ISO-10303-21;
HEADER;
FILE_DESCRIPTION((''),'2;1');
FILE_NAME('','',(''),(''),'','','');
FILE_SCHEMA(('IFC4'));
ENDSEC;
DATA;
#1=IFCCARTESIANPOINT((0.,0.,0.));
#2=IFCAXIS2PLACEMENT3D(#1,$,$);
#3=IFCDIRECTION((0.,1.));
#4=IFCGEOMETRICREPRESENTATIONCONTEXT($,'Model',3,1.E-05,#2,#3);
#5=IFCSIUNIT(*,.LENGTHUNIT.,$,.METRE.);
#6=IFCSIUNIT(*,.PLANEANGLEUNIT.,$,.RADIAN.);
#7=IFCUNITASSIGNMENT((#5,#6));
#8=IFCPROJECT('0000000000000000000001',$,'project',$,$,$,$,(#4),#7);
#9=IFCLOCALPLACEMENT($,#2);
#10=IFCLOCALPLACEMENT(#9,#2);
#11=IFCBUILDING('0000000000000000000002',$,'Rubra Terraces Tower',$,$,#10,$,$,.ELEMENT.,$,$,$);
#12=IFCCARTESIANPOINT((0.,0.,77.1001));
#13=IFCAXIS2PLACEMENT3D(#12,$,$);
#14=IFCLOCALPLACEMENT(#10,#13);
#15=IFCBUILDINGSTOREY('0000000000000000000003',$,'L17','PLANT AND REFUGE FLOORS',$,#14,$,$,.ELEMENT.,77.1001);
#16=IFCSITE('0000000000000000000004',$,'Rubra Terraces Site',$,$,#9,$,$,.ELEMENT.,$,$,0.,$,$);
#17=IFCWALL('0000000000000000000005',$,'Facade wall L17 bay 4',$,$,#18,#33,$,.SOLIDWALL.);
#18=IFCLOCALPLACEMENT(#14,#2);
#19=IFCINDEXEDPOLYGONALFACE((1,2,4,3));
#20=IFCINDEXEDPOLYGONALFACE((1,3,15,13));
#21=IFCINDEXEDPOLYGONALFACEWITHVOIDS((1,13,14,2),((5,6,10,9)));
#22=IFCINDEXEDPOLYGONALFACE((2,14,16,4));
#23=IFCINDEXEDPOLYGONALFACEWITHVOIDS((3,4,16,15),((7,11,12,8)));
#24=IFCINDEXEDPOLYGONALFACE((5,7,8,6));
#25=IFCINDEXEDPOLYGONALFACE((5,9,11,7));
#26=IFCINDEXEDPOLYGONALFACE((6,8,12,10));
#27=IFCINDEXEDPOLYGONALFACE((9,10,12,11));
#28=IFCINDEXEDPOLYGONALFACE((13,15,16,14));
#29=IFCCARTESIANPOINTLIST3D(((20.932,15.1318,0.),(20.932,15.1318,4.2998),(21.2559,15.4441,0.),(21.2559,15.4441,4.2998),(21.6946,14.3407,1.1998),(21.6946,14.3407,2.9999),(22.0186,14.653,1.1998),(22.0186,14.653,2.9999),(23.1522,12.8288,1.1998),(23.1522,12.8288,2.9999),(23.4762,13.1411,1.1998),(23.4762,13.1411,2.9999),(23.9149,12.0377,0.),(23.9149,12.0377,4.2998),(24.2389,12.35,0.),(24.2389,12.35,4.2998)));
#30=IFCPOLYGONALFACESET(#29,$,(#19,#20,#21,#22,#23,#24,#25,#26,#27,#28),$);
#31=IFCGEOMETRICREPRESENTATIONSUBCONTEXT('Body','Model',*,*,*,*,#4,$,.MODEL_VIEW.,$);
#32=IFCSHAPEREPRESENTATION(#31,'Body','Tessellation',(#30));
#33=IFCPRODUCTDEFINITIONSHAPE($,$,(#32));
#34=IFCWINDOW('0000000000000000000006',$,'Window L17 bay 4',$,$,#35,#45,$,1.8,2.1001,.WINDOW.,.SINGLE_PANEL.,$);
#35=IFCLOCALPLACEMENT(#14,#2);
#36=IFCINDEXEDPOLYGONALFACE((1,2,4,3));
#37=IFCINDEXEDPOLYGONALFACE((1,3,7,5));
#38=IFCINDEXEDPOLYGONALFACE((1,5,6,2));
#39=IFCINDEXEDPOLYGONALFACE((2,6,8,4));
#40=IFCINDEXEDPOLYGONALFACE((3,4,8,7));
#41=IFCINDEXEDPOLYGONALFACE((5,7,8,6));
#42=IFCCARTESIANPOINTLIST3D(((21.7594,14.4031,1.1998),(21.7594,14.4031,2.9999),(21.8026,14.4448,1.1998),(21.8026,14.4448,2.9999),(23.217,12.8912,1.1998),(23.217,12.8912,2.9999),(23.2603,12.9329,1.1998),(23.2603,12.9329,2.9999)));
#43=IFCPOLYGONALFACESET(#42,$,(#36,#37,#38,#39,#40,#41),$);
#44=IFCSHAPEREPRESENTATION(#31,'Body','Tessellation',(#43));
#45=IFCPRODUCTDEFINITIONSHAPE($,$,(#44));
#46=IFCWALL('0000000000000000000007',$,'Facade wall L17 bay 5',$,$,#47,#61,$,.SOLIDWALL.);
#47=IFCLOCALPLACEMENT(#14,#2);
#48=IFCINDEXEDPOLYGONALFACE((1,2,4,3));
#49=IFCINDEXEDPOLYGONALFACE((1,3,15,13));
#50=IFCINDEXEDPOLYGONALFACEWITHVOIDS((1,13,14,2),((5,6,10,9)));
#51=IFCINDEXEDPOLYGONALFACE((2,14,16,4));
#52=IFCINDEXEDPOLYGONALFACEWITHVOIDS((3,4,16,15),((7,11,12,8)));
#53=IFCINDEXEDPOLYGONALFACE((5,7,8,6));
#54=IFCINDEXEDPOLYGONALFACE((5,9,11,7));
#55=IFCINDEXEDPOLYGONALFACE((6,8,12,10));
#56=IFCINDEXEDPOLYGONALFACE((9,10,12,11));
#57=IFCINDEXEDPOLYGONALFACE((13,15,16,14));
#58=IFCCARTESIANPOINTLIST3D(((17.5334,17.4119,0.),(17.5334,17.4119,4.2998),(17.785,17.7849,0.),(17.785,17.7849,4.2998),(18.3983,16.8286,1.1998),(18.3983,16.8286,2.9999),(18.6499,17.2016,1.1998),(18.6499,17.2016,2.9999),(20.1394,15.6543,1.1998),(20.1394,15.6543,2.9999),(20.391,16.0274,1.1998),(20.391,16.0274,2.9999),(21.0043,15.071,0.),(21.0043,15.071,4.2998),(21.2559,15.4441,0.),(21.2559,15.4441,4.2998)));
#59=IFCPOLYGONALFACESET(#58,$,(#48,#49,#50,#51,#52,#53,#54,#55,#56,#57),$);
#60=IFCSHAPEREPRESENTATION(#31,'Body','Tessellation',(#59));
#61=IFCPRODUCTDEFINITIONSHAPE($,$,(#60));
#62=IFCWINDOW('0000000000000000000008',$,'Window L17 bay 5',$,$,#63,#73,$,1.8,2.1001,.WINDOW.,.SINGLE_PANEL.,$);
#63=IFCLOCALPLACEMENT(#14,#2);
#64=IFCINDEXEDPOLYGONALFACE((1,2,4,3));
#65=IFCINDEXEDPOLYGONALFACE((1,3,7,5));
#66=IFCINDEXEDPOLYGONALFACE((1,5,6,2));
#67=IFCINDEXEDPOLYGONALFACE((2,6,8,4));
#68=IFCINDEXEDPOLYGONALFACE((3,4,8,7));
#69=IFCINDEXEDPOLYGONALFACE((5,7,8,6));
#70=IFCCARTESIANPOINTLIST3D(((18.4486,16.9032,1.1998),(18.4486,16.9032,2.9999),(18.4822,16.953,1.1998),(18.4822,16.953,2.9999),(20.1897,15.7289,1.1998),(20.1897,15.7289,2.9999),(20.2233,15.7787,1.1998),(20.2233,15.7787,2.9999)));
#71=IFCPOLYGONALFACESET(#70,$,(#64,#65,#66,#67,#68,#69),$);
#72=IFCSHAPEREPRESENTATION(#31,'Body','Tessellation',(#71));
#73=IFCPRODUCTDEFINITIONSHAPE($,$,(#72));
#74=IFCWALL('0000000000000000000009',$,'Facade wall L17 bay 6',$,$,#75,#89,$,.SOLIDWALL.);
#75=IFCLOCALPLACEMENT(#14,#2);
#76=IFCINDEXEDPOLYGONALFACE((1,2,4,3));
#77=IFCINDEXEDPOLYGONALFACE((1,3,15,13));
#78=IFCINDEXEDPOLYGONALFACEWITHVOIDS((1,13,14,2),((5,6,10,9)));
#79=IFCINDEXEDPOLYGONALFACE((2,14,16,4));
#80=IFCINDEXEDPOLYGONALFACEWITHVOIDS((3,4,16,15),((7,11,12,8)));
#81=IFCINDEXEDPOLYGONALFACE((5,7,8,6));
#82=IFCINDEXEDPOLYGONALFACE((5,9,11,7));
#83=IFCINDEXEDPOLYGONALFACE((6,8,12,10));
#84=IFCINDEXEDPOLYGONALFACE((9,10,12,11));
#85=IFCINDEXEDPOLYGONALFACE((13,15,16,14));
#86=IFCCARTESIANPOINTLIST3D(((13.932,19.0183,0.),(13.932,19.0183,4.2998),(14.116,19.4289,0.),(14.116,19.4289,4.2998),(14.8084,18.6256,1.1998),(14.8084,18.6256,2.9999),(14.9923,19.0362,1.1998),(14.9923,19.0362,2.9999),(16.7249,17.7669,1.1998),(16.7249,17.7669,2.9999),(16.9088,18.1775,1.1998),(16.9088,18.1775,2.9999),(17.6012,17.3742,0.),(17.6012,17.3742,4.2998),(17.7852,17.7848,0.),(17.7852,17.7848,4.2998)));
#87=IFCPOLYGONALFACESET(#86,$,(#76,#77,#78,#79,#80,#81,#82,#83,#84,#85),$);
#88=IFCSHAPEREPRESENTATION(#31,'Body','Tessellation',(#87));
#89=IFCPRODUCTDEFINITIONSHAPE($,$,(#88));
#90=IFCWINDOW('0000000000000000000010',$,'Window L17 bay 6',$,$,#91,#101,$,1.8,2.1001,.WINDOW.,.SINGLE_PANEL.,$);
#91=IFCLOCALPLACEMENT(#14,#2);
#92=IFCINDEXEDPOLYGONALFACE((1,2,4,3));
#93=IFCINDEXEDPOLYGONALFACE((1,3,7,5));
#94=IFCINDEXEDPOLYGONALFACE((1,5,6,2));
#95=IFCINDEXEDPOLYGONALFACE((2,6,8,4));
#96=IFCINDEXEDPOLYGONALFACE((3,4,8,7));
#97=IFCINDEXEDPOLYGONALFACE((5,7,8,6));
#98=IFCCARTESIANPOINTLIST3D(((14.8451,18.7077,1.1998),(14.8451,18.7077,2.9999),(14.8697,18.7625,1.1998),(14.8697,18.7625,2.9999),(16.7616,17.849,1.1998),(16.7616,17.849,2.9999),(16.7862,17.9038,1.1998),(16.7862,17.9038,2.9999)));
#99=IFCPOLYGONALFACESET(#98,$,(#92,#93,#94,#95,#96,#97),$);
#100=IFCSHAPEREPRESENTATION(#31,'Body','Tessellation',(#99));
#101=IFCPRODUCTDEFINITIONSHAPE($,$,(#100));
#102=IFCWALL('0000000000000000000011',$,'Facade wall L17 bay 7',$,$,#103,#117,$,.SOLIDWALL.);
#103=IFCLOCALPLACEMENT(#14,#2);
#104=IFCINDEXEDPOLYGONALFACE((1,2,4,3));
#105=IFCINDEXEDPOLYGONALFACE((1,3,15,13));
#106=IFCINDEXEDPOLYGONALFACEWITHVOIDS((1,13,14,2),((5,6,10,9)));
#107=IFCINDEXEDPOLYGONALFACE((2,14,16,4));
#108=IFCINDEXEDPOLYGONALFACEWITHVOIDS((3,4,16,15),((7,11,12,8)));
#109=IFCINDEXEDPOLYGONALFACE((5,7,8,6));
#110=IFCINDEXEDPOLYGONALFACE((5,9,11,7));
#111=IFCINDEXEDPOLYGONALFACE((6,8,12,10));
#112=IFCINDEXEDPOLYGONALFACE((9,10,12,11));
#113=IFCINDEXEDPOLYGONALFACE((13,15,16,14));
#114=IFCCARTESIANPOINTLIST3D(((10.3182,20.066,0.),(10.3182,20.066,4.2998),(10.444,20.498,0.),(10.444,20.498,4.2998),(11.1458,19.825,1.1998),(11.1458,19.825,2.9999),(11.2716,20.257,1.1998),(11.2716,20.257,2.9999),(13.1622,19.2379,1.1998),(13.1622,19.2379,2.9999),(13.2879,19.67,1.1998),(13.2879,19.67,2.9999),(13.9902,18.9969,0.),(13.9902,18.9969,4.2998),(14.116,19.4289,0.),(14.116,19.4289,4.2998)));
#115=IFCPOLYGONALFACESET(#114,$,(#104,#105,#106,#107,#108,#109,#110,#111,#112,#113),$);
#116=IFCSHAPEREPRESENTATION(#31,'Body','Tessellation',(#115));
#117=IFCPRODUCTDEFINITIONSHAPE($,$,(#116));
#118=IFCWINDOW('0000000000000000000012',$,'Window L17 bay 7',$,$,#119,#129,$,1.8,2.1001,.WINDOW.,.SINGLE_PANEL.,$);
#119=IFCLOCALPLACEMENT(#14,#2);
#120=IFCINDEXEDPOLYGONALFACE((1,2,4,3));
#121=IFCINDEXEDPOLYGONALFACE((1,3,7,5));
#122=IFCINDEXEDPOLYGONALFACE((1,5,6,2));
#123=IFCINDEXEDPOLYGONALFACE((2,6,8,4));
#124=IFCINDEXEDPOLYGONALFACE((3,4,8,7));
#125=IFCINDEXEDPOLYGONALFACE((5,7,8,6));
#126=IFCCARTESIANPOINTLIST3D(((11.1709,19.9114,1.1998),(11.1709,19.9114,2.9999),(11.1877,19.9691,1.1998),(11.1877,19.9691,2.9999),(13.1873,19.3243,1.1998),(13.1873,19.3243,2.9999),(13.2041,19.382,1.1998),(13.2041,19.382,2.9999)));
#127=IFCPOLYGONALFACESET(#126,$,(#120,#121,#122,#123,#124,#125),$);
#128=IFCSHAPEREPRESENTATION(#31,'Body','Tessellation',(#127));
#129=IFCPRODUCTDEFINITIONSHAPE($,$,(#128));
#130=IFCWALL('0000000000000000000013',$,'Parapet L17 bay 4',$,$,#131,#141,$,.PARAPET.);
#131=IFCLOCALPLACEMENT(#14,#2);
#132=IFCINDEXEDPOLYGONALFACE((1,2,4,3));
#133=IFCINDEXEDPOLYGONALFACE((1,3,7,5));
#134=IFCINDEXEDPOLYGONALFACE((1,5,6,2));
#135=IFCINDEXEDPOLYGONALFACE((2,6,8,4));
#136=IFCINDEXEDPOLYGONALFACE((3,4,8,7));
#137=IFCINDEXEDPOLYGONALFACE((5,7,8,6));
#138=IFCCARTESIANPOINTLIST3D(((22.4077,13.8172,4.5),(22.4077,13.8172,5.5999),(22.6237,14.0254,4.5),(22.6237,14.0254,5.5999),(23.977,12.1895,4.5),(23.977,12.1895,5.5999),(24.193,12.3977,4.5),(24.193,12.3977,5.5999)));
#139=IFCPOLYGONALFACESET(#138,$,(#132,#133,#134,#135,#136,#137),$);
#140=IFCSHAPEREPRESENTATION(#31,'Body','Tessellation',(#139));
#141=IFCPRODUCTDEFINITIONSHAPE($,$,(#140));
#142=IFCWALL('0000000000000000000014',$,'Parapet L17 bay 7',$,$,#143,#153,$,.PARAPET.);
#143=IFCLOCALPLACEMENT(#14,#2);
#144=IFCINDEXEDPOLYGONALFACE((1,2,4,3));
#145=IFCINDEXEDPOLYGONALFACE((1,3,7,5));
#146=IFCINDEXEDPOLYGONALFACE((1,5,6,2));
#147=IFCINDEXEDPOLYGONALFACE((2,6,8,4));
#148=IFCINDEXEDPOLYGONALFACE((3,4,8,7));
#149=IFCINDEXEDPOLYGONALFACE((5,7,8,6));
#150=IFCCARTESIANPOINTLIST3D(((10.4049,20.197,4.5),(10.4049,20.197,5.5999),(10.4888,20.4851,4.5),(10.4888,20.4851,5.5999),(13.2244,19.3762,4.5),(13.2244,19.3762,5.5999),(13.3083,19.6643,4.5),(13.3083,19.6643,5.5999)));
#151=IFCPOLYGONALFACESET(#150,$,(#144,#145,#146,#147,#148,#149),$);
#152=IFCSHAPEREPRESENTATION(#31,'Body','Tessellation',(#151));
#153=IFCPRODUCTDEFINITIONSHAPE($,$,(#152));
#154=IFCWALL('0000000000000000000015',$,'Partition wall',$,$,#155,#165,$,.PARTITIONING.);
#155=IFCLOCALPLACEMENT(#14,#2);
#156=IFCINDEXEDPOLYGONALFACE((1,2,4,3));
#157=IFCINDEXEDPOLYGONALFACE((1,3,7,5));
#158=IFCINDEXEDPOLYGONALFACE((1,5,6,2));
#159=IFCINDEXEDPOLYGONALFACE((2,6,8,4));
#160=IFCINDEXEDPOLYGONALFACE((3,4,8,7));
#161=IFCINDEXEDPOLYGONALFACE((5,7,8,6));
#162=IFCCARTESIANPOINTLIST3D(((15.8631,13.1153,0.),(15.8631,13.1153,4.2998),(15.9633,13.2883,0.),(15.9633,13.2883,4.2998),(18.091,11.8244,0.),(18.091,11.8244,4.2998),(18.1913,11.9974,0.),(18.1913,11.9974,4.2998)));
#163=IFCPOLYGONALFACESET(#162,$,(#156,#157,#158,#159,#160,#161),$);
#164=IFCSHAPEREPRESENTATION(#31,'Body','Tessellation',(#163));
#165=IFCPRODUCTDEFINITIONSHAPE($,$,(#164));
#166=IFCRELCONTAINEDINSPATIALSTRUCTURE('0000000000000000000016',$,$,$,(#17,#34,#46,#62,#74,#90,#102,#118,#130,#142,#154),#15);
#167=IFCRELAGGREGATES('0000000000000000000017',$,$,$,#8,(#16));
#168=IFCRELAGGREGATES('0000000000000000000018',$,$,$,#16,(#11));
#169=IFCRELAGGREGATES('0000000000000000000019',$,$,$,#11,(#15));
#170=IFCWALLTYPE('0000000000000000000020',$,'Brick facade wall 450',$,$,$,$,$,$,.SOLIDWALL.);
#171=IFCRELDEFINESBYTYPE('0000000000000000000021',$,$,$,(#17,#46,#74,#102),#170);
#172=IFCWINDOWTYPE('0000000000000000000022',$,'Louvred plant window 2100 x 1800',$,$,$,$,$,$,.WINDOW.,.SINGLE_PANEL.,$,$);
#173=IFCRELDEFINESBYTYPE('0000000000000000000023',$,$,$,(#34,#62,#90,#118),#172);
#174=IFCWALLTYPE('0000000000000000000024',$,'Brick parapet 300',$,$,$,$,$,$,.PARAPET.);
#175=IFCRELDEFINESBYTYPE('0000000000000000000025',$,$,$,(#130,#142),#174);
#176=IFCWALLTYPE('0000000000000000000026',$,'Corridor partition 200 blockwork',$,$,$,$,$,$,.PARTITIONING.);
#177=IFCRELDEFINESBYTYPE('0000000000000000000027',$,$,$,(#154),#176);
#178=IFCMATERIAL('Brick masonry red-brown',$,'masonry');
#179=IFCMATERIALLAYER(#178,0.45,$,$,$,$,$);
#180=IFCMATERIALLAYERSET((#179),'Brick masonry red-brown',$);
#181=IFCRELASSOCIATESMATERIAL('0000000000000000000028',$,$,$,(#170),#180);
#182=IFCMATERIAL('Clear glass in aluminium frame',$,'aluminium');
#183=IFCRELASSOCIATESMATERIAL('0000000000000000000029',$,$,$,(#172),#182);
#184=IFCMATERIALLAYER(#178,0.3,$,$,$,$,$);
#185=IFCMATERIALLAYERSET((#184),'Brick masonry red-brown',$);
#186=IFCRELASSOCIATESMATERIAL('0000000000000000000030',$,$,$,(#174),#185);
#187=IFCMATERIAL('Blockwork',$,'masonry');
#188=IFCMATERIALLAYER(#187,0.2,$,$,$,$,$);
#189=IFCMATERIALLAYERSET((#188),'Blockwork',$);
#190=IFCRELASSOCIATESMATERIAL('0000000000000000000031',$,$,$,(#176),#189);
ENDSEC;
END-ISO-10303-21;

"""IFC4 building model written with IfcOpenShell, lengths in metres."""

from ifc_helpers import new_model, si_unit, direction, frame, frame_2d, origin, place, context, subcontext, project, spatial, rectangle, extrude, material, layer, layer_set, type_object, element, fill, save


model = new_model("IFC4")

# Units and contexts
model_context = context("Model", 3, precision=1e-05, world=origin(), true_north=direction((0.0, 1.0)))
body_context = subcontext(model_context, "Body", "Model", "MODEL_VIEW")
ifc_project = project(units=[si_unit("LENGTHUNIT", "METRE"), si_unit("PLANEANGLEUNIT", "RADIAN")], contexts=[model_context])

# Site, building, storey
site_placement = place(None, origin())
site = spatial("IfcSite", under=ifc_project, at=site_placement, Name="Rubra Terraces Site", CompositionType="ELEMENT", RefElevation=0.0)
building_placement = place(site_placement, origin())
building = spatial("IfcBuilding", under=site, at=building_placement, Name="Rubra Terraces Tower", CompositionType="ELEMENT")
storey_placement = place(building_placement, frame((0.0, 0.0, 77.1001)))
storey = spatial("IfcBuildingStorey", under=building, at=storey_placement, Name="L17", Description="PLANT AND REFUGE FLOORS", CompositionType="ELEMENT", Elevation=77.1001)

# Walls, openings, windows
ifc_material_1 = material(Name="Brick masonry red-brown", Category="masonry")
ifc_layer_1 = layer(ifc_material_1, 0.45)
ifc_layer_set_1 = layer_set([ifc_layer_1], Name="Brick masonry red-brown")
wall_type_1 = type_object("IfcWallType", Name="Brick facade wall 450", PredefinedType="SOLIDWALL", material=ifc_layer_set_1)
wall_1_placement = place(storey_placement, frame((24.0769, 12.1938, 0.0), z_axis=(0.0, 0.0, 1.0), x_axis=(-0.694065, 0.719912, 0.0)))
wall_1 = element("IfcWall", 1, at=wall_1_placement, inside=storey, type_object=wall_type_1, Name="Facade wall L17 bay 4", PredefinedType="SOLIDWALL", context=body_context, shape_type="SweptSolid", body=[
    extrude(rectangle(XDim=4.2979, YDim=0.45, at=frame_2d((2.1489, 0.0))), origin(), (0.0, 0.0, 1.0), 4.2998),
])
opening_1_placement = place(wall_1_placement, frame((1.0989, 0.0, 1.2)))
opening_1 = element("IfcOpeningElement", 2, at=opening_1_placement, cuts=wall_1, PredefinedType="OPENING", context=body_context, shape_type="SweptSolid", body=[
    extrude(rectangle(XDim=2.1001, YDim=1.8, at=frame_2d((1.05, 0.8999))), frame((0.0, 0.2349, 0.0), z_axis=(0.0, -1.0, 0.0), x_axis=(1.0, 0.0, 0.0)), (0.0, 0.0, 1.0), 0.47),
])
ifc_material_2 = material(Name="Clear glass in aluminium frame", Category="aluminium")
window_type = type_object("IfcWindowType", Name="Louvred plant window 2100 x 1800", PartitioningType="SINGLE_PANEL", PredefinedType="WINDOW", material=ifc_material_2)
window_1_placement = place(opening_1_placement, origin())
window_1 = element("IfcWindow", 3, at=window_1_placement, inside=storey, type_object=window_type, Name="Window L17 bay 4", OverallHeight=1.8, OverallWidth=2.1001, PartitioningType="SINGLE_PANEL", PredefinedType="WINDOW", context=body_context, shape_type="SweptSolid", body=[
    extrude(rectangle(XDim=2.1001, YDim=1.8, at=frame_2d((1.05, 0.8999))), frame((0.0, 0.135, 0.0), z_axis=(0.0, -1.0, 0.0), x_axis=(1.0, 0.0, 0.0)), (0.0, 0.0, 1.0), 0.0601),
])
fill(opening_1, window_1)
wall_2_placement = place(storey_placement, frame((21.1301, 15.2576, 0.0), z_axis=(0.0, 0.0, 1.0), x_axis=(-0.829078, 0.559133, 0.0)))
wall_2 = element("IfcWall", 4, at=wall_2_placement, inside=storey, type_object=wall_type_1, Name="Facade wall L17 bay 5", PredefinedType="SOLIDWALL", context=body_context, shape_type="SweptSolid", body=[
    extrude(rectangle(XDim=4.1865, YDim=0.45, at=frame_2d((2.0933, 0.0))), origin(), (0.0, 0.0, 1.0), 4.2998),
])
opening_2_placement = place(wall_2_placement, frame((1.0432, 0.0, 1.2)))
opening_2 = element("IfcOpeningElement", 5, at=opening_2_placement, cuts=wall_2, PredefinedType="OPENING", context=body_context, shape_type="SweptSolid", body=[
    extrude(rectangle(XDim=2.1001, YDim=1.8, at=frame_2d((1.05, 0.8999))), frame((0.0, 0.2349, 0.0), z_axis=(0.0, -1.0, 0.0), x_axis=(1.0, 0.0, 0.0)), (0.0, 0.0, 1.0), 0.47),
])
window_2_placement = place(opening_2_placement, origin())
window_2 = element("IfcWindow", 6, at=window_2_placement, inside=storey, type_object=window_type, Name="Window L17 bay 5", OverallHeight=1.8, OverallWidth=2.1001, PartitioningType="SINGLE_PANEL", PredefinedType="WINDOW", context=body_context, shape_type="SweptSolid", body=[
    extrude(rectangle(XDim=2.1001, YDim=1.8, at=frame_2d((1.05, 0.8999))), frame((0.0, 0.135, 0.0), z_axis=(0.0, -1.0, 0.0), x_axis=(1.0, 0.0, 0.0)), (0.0, 0.0, 1.0), 0.0601),
])
fill(opening_2, window_2)
wall_3_placement = place(storey_placement, frame((17.6931, 17.5796, 0.0), z_axis=(0.0, 0.0, 1.0), x_axis=(-0.91258, 0.408897, 0.0)))
wall_3 = element("IfcWall", 7, at=wall_3_placement, inside=storey, type_object=wall_type_1, Name="Facade wall L17 bay 6", PredefinedType="SOLIDWALL", context=body_context, shape_type="SweptSolid", body=[
    extrude(rectangle(XDim=4.0208, YDim=0.45, at=frame_2d((2.0103, 0.0))), origin(), (0.0, 0.0, 1.0), 4.2998),
])
opening_3_placement = place(wall_3_placement, frame((0.9602, 0.0, 1.2)))
opening_3 = element("IfcOpeningElement", 8, at=opening_3_placement, cuts=wall_3, PredefinedType="OPENING", context=body_context, shape_type="SweptSolid", body=[
    extrude(rectangle(XDim=2.1001, YDim=1.8, at=frame_2d((1.05, 0.8999))), frame((0.0, 0.2349, 0.0), z_axis=(0.0, -1.0, 0.0), x_axis=(1.0, 0.0, 0.0)), (0.0, 0.0, 1.0), 0.47),
])
window_3_placement = place(opening_3_placement, origin())
window_3 = element("IfcWindow", 9, at=window_3_placement, inside=storey, type_object=window_type, Name="Window L17 bay 6", OverallHeight=1.8, OverallWidth=2.1001, PartitioningType="SINGLE_PANEL", PredefinedType="WINDOW", context=body_context, shape_type="SweptSolid", body=[
    extrude(rectangle(XDim=2.1001, YDim=1.8, at=frame_2d((1.05, 0.8999))), frame((0.0, 0.135, 0.0), z_axis=(0.0, -1.0, 0.0), x_axis=(1.0, 0.0, 0.0)), (0.0, 0.0, 1.0), 0.0601),
])
fill(opening_3, window_3)
wall_4_placement = place(storey_placement, frame((14.053, 19.2129, 0.0), z_axis=(0.0, 0.0, 1.0), x_axis=(-0.960131, 0.279549, 0.0)))
wall_4 = element("IfcWall", 10, at=wall_4_placement, inside=storey, type_object=wall_type_1, Name="Facade wall L17 bay 7", PredefinedType="SOLIDWALL", context=body_context, shape_type="SweptSolid", body=[
    extrude(rectangle(XDim=3.8245, YDim=0.45, at=frame_2d((1.9121, 0.0))), origin(), (0.0, 0.0, 1.0), 4.2998),
])
opening_4_placement = place(wall_4_placement, frame((0.8623, 0.0, 1.2)))
opening_4 = element("IfcOpeningElement", 11, at=opening_4_placement, cuts=wall_4, PredefinedType="OPENING", context=body_context, shape_type="SweptSolid", body=[
    extrude(rectangle(XDim=2.1001, YDim=1.8, at=frame_2d((1.05, 0.8999))), frame((0.0, 0.2349, 0.0), z_axis=(0.0, -1.0, 0.0), x_axis=(1.0, 0.0, 0.0)), (0.0, 0.0, 1.0), 0.47),
])
window_4_placement = place(opening_4_placement, origin())
window_4 = element("IfcWindow", 12, at=window_4_placement, inside=storey, type_object=window_type, Name="Window L17 bay 7", OverallHeight=1.8, OverallWidth=2.1001, PartitioningType="SINGLE_PANEL", PredefinedType="WINDOW", context=body_context, shape_type="SweptSolid", body=[
    extrude(rectangle(XDim=2.1001, YDim=1.8, at=frame_2d((1.05, 0.8999))), frame((0.0, 0.135, 0.0), z_axis=(0.0, -1.0, 0.0), x_axis=(1.0, 0.0, 0.0)), (0.0, 0.0, 1.0), 0.0601),
])
fill(opening_4, window_4)

# Walls
ifc_layer_2 = layer(ifc_material_1, 0.3)
ifc_layer_set_2 = layer_set([ifc_layer_2], Name="Brick masonry red-brown")
wall_type_2 = type_object("IfcWallType", Name="Brick parapet 300", PredefinedType="PARAPET", material=ifc_layer_set_2)
wall_5_placement = place(storey_placement, frame((24.085, 12.2937, 4.5), z_axis=(0.0, 0.0, 1.0), x_axis=(-0.694086, 0.719892, 0.0)))
element("IfcWall", 13, at=wall_5_placement, inside=storey, type_object=wall_type_2, Name="Parapet L17 bay 4", PredefinedType="PARAPET", context=body_context, shape_type="SweptSolid", body=[
    extrude(rectangle(XDim=2.261, YDim=0.3, at=frame_2d((1.1304, 0.0))), origin(), (0.0, 0.0, 1.0), 1.0999),
])
wall_6_placement = place(storey_placement, frame((13.2664, 19.5203, 4.5), z_axis=(0.0, 0.0, 1.0), x_axis=(-0.960144, 0.279505, 0.0)))
element("IfcWall", 14, at=wall_6_placement, inside=storey, type_object=wall_type_2, Name="Parapet L17 bay 7", PredefinedType="PARAPET", context=body_context, shape_type="SweptSolid", body=[
    extrude(rectangle(XDim=2.9365, YDim=0.3, at=frame_2d((1.4683, 0.0))), origin(), (0.0, 0.0, 1.0), 1.0999),
])
ifc_material_3 = material(Name="Blockwork", Category="masonry")
ifc_layer_3 = layer(ifc_material_3, 0.2)
ifc_layer_set_3 = layer_set([ifc_layer_3], Name="Blockwork")
wall_type_3 = type_object("IfcWallType", Name="Corridor partition 200 blockwork", PredefinedType="PARTITIONING", material=ifc_layer_set_3)
wall_7_placement = place(storey_placement, frame((15.9131, 13.2019, 0.0), z_axis=(0.0, 0.0, 1.0), x_axis=(0.86524, -0.501358, 0.0)))
element("IfcWall", 15, at=wall_7_placement, inside=storey, type_object=wall_type_3, Name="Partition wall", PredefinedType="PARTITIONING", context=body_context, shape_type="SweptSolid", body=[
    extrude(rectangle(XDim=2.575, YDim=0.2, at=frame_2d((1.2876, 0.0))), origin(), (0.0, 0.0, 1.0), 4.2998),
])

save(model, "model.ifc")
